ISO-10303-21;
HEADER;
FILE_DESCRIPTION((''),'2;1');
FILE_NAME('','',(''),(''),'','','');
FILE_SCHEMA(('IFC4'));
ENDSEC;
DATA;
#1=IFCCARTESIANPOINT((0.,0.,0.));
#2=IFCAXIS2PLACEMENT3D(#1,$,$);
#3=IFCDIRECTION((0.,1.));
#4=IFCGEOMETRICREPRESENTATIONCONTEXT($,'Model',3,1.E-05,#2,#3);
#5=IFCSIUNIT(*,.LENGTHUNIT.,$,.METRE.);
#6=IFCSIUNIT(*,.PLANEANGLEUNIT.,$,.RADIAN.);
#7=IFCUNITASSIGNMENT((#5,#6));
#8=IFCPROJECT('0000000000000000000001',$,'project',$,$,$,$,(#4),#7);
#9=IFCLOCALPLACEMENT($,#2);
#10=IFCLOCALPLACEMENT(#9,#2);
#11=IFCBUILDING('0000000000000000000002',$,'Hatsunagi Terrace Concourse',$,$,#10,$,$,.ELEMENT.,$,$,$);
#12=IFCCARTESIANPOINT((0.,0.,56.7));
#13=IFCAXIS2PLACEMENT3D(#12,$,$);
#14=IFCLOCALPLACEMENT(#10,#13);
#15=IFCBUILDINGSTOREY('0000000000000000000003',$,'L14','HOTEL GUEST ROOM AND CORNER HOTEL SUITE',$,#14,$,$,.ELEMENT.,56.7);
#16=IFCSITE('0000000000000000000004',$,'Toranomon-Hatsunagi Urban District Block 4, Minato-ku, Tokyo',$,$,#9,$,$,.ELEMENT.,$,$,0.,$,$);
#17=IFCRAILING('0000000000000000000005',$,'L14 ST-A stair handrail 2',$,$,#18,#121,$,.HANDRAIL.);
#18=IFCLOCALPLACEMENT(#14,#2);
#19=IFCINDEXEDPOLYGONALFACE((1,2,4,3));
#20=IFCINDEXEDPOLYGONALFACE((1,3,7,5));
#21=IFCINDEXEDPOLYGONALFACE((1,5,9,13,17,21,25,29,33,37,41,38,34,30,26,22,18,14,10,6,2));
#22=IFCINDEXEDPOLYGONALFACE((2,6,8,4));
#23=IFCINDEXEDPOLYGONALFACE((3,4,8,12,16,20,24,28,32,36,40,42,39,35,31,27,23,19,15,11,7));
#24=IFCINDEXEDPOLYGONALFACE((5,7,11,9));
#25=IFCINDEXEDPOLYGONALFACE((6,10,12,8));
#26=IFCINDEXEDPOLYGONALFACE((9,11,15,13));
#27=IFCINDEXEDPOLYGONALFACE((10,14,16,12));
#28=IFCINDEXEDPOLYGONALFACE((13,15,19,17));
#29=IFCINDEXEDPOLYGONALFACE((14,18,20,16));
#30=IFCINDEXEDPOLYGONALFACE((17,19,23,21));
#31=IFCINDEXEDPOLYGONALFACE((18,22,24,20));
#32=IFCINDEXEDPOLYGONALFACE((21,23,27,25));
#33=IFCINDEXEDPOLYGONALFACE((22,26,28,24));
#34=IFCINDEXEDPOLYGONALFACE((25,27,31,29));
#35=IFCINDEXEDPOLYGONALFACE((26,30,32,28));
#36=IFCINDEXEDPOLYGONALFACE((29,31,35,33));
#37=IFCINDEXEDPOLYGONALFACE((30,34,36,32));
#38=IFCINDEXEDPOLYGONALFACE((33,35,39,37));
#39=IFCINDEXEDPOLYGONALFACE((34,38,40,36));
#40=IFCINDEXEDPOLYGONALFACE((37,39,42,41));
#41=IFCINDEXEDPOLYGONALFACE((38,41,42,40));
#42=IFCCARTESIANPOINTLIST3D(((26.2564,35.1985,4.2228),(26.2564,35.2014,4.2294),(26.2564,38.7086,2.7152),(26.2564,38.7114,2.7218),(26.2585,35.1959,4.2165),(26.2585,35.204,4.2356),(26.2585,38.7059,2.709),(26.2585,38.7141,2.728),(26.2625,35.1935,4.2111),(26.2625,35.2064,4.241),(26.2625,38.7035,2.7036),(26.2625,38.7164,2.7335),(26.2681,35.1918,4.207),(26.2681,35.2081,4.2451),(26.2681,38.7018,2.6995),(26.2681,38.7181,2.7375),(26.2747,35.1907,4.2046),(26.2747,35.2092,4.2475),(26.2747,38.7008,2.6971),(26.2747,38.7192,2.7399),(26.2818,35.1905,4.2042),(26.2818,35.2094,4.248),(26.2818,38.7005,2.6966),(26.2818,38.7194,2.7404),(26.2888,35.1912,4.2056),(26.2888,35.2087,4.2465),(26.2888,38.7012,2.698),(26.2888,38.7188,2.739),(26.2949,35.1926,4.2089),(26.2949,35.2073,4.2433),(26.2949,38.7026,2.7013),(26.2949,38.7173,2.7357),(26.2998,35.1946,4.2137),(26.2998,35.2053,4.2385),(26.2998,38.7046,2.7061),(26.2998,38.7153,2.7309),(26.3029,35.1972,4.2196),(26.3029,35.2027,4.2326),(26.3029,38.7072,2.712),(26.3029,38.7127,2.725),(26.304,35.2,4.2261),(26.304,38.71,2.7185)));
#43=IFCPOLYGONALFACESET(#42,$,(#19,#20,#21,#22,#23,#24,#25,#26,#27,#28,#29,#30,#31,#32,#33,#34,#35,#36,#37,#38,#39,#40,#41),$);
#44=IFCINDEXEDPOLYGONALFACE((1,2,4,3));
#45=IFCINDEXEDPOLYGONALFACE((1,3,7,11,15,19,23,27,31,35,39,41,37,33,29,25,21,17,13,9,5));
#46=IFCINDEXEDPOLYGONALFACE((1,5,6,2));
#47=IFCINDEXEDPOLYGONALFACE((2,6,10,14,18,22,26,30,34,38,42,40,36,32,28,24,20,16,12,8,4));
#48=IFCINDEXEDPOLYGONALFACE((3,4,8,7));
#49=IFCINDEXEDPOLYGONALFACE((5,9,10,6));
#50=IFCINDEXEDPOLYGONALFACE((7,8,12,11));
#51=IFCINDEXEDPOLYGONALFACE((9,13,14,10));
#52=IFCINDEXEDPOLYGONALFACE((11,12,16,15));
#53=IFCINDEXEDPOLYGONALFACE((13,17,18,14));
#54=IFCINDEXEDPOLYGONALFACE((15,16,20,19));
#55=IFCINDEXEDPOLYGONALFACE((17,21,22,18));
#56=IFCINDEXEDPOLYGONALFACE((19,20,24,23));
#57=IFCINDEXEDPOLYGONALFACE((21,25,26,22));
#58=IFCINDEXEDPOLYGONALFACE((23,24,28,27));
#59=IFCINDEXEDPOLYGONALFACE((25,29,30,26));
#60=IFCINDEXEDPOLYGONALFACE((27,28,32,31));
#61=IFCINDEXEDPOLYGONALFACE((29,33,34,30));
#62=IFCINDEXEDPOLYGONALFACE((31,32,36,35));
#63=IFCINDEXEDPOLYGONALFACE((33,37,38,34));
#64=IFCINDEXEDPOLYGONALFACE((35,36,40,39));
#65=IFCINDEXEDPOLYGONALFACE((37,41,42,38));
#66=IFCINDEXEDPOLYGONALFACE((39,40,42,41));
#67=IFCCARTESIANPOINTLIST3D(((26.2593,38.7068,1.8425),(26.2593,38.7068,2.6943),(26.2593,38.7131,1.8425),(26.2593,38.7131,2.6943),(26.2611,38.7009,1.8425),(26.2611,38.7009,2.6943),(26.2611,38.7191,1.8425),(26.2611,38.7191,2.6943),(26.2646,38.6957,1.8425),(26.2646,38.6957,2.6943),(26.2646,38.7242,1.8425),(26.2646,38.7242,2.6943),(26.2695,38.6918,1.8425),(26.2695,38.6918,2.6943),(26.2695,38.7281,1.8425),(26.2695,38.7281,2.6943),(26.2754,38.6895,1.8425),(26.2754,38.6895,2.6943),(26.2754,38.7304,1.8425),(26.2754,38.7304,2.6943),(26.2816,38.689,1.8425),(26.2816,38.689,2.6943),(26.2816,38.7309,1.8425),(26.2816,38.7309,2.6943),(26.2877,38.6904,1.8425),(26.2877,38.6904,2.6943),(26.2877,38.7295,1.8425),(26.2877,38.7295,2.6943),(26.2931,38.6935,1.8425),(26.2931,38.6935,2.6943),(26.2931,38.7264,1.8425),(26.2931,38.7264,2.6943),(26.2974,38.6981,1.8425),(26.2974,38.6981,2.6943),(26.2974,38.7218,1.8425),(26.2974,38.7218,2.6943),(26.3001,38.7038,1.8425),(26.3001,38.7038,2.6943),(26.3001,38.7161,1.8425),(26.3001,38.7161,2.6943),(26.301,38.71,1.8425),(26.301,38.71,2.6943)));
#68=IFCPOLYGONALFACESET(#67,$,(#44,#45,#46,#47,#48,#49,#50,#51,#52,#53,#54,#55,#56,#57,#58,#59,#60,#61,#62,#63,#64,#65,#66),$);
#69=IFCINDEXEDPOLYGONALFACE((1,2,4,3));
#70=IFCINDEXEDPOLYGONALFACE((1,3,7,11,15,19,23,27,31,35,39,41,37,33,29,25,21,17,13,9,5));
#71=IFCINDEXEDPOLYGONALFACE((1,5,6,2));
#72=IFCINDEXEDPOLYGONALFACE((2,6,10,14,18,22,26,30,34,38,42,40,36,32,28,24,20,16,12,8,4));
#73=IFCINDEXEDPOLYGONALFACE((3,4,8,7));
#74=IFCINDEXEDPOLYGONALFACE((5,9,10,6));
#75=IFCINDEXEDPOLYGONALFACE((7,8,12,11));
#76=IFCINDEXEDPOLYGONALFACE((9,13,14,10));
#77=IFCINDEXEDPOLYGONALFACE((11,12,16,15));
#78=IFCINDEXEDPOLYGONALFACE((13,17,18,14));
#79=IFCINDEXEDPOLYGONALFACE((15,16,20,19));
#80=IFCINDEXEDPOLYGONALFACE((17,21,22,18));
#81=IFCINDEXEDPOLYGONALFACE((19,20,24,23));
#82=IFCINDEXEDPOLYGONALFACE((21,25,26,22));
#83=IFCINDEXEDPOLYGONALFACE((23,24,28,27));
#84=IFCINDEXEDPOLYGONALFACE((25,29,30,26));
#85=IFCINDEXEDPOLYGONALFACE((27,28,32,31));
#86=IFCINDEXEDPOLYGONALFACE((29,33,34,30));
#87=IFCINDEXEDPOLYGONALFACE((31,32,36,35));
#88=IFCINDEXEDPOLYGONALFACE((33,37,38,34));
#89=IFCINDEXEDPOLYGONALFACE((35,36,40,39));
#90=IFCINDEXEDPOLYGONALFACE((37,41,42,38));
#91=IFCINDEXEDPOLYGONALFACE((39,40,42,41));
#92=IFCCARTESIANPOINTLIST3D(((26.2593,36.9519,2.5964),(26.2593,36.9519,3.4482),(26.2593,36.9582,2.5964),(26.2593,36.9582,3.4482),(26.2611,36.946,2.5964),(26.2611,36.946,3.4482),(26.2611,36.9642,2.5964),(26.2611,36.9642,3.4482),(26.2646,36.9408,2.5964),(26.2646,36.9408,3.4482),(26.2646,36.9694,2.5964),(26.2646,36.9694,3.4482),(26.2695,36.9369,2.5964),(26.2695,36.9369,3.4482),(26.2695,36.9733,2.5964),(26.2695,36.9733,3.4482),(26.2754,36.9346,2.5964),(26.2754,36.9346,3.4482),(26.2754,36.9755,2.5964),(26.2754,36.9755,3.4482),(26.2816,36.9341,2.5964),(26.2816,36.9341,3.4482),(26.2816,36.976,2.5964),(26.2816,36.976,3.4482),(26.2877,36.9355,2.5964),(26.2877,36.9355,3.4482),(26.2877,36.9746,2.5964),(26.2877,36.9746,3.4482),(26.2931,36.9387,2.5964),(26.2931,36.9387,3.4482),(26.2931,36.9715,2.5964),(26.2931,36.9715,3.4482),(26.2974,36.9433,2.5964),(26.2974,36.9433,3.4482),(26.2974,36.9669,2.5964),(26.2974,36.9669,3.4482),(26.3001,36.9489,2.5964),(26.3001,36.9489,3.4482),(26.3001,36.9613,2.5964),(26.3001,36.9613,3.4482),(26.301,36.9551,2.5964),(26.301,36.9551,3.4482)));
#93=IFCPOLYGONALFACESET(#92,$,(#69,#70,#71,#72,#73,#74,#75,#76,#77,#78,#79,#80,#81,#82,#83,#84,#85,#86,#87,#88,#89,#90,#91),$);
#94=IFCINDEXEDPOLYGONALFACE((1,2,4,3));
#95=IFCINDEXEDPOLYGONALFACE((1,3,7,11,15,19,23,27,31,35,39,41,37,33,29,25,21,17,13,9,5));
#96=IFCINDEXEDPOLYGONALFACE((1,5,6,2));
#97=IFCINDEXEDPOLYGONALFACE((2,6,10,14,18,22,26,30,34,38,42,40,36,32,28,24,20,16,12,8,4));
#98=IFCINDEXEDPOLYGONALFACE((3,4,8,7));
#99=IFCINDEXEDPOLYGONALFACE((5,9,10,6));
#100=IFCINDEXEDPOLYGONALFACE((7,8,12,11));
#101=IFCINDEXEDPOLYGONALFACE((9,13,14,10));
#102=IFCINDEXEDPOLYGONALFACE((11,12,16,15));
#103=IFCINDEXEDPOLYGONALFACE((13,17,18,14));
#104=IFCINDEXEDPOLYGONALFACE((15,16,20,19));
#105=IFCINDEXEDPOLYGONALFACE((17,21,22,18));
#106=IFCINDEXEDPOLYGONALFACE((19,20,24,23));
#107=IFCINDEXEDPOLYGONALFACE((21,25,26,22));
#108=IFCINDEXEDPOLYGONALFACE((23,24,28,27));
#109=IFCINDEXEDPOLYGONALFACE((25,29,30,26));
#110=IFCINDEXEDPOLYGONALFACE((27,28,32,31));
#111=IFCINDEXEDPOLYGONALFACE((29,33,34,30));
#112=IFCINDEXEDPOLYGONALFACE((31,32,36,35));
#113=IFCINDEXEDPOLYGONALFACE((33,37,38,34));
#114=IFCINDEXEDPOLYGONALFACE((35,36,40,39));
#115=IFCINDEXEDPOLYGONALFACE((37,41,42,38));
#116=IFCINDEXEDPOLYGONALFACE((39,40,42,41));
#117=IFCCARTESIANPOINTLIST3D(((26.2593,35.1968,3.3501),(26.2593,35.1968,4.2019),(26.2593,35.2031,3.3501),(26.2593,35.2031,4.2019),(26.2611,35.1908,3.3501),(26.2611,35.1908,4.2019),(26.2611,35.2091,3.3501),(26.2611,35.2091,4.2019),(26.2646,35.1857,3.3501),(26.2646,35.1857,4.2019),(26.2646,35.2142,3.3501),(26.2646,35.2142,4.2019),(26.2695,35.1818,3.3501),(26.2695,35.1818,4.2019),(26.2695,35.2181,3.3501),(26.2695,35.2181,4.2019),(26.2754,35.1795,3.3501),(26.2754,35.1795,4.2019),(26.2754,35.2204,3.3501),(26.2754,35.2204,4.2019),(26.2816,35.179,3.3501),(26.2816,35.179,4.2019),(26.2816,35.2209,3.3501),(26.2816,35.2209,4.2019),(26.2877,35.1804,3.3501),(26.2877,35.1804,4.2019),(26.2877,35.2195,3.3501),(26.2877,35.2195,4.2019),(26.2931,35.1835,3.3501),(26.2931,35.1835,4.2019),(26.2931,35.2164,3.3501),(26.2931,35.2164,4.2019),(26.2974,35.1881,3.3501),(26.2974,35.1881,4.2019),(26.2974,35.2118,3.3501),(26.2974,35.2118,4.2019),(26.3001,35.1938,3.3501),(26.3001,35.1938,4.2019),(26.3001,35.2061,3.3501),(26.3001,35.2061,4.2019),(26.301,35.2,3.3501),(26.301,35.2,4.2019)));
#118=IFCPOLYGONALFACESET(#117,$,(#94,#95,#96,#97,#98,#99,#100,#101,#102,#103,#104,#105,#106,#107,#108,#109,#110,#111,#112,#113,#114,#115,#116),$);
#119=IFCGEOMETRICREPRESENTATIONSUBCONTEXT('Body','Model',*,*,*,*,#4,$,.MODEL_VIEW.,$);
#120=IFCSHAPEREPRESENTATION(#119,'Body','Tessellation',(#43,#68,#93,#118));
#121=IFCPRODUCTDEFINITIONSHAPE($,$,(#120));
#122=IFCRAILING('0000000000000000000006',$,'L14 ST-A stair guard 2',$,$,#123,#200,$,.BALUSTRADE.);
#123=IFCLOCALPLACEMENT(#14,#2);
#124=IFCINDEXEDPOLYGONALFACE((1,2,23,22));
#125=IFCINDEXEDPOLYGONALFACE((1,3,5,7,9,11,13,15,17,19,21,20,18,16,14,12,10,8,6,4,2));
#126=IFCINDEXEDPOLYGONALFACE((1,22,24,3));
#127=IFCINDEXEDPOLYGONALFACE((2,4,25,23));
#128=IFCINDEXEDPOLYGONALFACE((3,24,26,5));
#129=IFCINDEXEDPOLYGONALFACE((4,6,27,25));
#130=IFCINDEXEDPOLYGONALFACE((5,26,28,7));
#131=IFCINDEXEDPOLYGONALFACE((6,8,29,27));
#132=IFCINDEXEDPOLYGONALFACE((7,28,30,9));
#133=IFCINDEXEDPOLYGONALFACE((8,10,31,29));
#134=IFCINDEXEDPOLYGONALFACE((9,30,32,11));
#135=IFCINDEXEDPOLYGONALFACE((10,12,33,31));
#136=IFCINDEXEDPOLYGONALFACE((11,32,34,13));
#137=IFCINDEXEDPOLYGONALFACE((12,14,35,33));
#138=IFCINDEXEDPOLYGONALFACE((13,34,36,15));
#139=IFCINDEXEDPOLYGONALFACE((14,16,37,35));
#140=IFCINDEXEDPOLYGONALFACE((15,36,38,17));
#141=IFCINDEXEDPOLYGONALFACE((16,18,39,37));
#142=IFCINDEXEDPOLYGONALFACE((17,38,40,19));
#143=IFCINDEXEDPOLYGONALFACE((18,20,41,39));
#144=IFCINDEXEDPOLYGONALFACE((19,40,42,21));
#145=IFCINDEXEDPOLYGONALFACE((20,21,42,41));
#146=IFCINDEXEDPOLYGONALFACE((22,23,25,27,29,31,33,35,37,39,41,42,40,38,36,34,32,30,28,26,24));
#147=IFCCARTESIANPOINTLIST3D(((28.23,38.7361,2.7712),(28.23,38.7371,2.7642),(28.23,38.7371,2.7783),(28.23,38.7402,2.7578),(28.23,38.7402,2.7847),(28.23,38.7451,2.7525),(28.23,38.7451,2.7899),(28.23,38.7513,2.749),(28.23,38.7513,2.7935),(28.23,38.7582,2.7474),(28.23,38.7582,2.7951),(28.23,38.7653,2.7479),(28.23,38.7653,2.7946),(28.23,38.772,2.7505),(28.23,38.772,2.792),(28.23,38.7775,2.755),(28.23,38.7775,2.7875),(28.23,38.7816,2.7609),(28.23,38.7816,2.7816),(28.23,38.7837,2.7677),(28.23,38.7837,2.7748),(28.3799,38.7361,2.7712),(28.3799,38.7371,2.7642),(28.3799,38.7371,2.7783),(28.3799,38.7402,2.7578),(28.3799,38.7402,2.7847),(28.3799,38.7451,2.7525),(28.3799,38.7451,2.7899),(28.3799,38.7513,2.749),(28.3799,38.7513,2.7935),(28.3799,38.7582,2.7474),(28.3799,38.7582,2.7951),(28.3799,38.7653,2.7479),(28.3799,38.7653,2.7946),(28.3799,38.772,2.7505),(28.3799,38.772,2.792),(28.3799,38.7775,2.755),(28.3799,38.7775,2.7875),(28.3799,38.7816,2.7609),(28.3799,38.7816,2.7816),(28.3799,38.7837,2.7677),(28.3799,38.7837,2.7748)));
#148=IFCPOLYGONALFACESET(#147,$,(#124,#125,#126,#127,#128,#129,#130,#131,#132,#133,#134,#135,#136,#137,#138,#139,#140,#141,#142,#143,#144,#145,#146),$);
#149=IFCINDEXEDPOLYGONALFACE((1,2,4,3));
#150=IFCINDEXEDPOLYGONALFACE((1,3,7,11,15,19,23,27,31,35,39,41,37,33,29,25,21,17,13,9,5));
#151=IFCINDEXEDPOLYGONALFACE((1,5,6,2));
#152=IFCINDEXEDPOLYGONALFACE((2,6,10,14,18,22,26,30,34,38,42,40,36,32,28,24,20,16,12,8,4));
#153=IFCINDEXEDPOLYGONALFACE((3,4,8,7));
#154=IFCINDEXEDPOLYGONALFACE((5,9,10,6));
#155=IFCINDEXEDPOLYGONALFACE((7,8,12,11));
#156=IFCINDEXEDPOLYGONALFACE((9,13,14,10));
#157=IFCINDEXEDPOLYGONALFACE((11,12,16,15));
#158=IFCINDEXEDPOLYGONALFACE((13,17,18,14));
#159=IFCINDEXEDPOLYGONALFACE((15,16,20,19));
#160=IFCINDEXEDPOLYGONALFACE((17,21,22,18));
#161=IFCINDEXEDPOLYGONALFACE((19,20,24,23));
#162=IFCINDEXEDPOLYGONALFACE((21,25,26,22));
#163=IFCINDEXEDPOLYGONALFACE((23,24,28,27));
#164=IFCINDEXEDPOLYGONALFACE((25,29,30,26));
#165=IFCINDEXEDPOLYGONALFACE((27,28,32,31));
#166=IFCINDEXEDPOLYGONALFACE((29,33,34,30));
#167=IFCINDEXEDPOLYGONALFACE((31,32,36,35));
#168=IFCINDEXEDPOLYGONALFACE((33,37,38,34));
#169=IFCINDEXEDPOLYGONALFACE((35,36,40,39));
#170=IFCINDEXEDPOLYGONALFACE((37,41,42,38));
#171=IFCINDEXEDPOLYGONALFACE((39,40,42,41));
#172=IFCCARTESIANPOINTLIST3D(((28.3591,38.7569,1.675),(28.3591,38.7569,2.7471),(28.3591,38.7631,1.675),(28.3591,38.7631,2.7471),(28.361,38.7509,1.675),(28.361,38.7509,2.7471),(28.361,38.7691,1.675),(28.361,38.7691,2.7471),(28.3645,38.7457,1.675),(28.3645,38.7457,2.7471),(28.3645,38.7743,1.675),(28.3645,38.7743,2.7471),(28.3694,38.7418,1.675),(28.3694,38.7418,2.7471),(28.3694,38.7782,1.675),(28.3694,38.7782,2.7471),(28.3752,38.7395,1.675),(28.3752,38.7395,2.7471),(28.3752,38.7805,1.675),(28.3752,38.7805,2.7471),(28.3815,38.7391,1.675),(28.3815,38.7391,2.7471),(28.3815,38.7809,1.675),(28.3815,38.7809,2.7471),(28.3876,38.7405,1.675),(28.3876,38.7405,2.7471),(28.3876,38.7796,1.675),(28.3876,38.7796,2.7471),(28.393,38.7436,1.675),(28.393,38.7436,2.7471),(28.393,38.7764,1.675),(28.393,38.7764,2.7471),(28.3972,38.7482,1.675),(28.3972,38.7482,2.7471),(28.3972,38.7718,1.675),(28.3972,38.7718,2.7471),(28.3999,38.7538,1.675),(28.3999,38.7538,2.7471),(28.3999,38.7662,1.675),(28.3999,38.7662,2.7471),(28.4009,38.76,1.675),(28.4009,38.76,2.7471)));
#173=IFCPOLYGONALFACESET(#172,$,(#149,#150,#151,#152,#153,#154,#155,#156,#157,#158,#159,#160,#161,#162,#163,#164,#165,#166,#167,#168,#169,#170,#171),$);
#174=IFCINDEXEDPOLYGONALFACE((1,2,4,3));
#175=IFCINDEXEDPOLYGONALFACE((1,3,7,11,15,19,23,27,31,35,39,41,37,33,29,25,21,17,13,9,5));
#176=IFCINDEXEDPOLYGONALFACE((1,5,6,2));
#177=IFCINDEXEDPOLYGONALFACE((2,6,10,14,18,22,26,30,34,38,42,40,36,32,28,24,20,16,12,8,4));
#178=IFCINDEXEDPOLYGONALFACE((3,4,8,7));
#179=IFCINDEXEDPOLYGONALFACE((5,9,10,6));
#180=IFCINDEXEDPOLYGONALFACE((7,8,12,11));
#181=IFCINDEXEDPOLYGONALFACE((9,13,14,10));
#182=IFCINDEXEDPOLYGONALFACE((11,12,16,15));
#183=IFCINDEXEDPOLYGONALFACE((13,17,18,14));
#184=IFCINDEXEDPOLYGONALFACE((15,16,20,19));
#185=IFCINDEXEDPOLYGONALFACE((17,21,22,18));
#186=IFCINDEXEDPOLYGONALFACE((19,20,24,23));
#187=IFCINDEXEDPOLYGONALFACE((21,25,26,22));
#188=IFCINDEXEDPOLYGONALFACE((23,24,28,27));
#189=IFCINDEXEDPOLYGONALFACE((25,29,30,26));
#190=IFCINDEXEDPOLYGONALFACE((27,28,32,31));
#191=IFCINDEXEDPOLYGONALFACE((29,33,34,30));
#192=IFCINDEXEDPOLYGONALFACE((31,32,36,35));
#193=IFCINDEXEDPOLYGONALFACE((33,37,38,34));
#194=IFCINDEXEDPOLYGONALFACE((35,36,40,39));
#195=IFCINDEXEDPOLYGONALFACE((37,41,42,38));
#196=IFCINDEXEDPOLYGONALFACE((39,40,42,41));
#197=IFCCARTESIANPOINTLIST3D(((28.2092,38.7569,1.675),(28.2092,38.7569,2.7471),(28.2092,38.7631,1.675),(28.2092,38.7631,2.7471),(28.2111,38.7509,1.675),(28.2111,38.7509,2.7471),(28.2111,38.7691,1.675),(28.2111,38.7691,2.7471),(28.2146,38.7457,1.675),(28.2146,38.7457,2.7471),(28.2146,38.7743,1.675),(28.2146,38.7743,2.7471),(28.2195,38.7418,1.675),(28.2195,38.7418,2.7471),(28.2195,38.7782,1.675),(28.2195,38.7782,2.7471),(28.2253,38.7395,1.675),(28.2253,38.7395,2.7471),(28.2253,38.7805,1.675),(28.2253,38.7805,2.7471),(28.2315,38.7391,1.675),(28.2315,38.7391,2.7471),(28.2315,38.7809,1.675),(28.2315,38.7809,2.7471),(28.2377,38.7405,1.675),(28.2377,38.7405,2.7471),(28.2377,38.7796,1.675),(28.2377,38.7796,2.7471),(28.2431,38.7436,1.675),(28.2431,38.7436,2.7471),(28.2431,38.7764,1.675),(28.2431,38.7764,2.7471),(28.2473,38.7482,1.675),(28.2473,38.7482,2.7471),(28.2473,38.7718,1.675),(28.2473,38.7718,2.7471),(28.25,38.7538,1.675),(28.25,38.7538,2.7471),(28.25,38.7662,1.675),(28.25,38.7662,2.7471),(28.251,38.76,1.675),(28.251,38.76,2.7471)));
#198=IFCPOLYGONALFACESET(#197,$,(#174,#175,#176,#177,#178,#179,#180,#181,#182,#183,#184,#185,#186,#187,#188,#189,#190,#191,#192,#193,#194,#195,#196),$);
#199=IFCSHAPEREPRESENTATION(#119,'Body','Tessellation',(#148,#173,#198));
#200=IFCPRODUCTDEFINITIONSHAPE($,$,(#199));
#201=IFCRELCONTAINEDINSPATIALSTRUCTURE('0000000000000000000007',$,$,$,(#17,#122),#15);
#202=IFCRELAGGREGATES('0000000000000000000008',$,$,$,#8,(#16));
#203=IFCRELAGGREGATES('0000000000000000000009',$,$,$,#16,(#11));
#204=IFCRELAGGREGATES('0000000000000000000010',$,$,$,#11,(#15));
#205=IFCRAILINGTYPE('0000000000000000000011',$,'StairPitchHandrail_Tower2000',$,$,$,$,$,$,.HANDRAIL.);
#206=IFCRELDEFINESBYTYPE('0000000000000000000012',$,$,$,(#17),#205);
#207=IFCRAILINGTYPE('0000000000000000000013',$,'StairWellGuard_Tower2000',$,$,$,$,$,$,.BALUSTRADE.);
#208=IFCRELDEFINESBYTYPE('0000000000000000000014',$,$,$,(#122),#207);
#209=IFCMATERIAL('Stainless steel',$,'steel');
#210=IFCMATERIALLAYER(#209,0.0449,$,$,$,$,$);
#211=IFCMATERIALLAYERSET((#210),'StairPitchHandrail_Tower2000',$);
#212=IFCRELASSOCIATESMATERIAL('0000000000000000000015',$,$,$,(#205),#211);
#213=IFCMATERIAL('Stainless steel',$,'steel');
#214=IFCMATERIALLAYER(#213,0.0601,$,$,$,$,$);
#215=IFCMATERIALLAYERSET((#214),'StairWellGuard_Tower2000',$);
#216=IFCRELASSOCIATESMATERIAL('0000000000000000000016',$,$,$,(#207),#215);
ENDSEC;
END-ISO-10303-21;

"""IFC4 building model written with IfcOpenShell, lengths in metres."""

from ifc_helpers import new_model, si_unit, direction, frame, origin, origin_2d, place, context, subcontext, project, spatial, circle, extrude, material, layer, layer_set, type_object, element, save


model = new_model("IFC4")

# Units and contexts
model_context = context("Model", 3, precision=1e-05, world=origin(), true_north=direction((0.0, 1.0)))
body_context = subcontext(model_context, "Body", "Model", "MODEL_VIEW")
ifc_project = project(units=[si_unit("LENGTHUNIT", "METRE"), si_unit("PLANEANGLEUNIT", "RADIAN")], contexts=[model_context])

# Site, building, storey
site_placement = place(None, origin())
site = spatial("IfcSite", under=ifc_project, at=site_placement, Name="Toranomon-Hatsunagi Urban District Block 4, Minato-ku, Tokyo", CompositionType="ELEMENT", RefElevation=0.0)
building_placement = place(site_placement, origin())
building = spatial("IfcBuilding", under=site, at=building_placement, Name="Hatsunagi Terrace Concourse", CompositionType="ELEMENT")
storey_placement = place(building_placement, frame((0.0, 0.0, 56.7)))
storey = spatial("IfcBuildingStorey", under=building, at=storey_placement, Name="L14", Description="HOTEL GUEST ROOM AND CORNER HOTEL SUITE", CompositionType="ELEMENT", Elevation=56.7)

# Railings
ifc_material_1 = material(Name="Stainless steel", Category="steel")
ifc_layer_1 = layer(ifc_material_1, 0.0449)
ifc_layer_set_1 = layer_set([ifc_layer_1], Name="StairPitchHandrail_Tower2000")
railing_type_1 = type_object("IfcRailingType", Name="StairPitchHandrail_Tower2000", PredefinedType="HANDRAIL", material=ifc_layer_set_1)
railing_1_placement = place(storey_placement, frame((26.28, 38.71, 1.8425)))
element("IfcRailing", 1, at=railing_1_placement, inside=storey, type_object=railing_type_1, Name="L14 ST-A stair handrail 2", PredefinedType="HANDRAIL", context=body_context, shape_type="SweptSolid", body=[
    extrude(circle(Radius=0.0239, at=origin_2d()), frame((0.0, 0.0, 0.876), z_axis=(0.0, -0.918834, 0.394644), x_axis=(1.0, 0.0, 0.0)), (0.0, 0.0, 1.0), 3.8201),
    extrude(circle(Radius=0.021, at=origin_2d()), origin(), (0.0, 0.0, 1.0), 0.8518),
    extrude(circle(Radius=0.021, at=origin_2d()), frame((0.0, -1.7549, 0.7539)), (0.0, 0.0, 1.0), 0.8518),
    extrude(circle(Radius=0.021, at=origin_2d()), frame((0.0, -3.51, 1.5076)), (0.0, 0.0, 1.0), 0.8518),
])
ifc_material_2 = material(Name="Stainless steel", Category="steel")
ifc_layer_2 = layer(ifc_material_2, 0.0601)
ifc_layer_set_2 = layer_set([ifc_layer_2], Name="StairWellGuard_Tower2000")
railing_type_2 = type_object("IfcRailingType", Name="StairWellGuard_Tower2000", PredefinedType="BALUSTRADE", material=ifc_layer_set_2)
railing_2_placement = place(storey_placement, frame((28.3799, 38.76, 1.675)))
element("IfcRailing", 2, at=railing_2_placement, inside=storey, type_object=railing_type_2, Name="L14 ST-A stair guard 2", PredefinedType="BALUSTRADE", context=body_context, shape_type="SweptSolid", body=[
    extrude(circle(Radius=0.0239, at=origin_2d()), frame((0.0, 0.0, 1.0962), z_axis=(-1.0, 0.0, 0.0), x_axis=(0.0, -1.0, 0.0)), (0.0, 0.0, 1.0), 0.1499),
    extrude(circle(Radius=0.021, at=origin_2d()), origin(), (0.0, 0.0, 1.0), 1.072),
    extrude(circle(Radius=0.021, at=origin_2d()), frame((-0.1499, 0.0, 0.0)), (0.0, 0.0, 1.0), 1.072),
])

save(model, "model.ifc")
